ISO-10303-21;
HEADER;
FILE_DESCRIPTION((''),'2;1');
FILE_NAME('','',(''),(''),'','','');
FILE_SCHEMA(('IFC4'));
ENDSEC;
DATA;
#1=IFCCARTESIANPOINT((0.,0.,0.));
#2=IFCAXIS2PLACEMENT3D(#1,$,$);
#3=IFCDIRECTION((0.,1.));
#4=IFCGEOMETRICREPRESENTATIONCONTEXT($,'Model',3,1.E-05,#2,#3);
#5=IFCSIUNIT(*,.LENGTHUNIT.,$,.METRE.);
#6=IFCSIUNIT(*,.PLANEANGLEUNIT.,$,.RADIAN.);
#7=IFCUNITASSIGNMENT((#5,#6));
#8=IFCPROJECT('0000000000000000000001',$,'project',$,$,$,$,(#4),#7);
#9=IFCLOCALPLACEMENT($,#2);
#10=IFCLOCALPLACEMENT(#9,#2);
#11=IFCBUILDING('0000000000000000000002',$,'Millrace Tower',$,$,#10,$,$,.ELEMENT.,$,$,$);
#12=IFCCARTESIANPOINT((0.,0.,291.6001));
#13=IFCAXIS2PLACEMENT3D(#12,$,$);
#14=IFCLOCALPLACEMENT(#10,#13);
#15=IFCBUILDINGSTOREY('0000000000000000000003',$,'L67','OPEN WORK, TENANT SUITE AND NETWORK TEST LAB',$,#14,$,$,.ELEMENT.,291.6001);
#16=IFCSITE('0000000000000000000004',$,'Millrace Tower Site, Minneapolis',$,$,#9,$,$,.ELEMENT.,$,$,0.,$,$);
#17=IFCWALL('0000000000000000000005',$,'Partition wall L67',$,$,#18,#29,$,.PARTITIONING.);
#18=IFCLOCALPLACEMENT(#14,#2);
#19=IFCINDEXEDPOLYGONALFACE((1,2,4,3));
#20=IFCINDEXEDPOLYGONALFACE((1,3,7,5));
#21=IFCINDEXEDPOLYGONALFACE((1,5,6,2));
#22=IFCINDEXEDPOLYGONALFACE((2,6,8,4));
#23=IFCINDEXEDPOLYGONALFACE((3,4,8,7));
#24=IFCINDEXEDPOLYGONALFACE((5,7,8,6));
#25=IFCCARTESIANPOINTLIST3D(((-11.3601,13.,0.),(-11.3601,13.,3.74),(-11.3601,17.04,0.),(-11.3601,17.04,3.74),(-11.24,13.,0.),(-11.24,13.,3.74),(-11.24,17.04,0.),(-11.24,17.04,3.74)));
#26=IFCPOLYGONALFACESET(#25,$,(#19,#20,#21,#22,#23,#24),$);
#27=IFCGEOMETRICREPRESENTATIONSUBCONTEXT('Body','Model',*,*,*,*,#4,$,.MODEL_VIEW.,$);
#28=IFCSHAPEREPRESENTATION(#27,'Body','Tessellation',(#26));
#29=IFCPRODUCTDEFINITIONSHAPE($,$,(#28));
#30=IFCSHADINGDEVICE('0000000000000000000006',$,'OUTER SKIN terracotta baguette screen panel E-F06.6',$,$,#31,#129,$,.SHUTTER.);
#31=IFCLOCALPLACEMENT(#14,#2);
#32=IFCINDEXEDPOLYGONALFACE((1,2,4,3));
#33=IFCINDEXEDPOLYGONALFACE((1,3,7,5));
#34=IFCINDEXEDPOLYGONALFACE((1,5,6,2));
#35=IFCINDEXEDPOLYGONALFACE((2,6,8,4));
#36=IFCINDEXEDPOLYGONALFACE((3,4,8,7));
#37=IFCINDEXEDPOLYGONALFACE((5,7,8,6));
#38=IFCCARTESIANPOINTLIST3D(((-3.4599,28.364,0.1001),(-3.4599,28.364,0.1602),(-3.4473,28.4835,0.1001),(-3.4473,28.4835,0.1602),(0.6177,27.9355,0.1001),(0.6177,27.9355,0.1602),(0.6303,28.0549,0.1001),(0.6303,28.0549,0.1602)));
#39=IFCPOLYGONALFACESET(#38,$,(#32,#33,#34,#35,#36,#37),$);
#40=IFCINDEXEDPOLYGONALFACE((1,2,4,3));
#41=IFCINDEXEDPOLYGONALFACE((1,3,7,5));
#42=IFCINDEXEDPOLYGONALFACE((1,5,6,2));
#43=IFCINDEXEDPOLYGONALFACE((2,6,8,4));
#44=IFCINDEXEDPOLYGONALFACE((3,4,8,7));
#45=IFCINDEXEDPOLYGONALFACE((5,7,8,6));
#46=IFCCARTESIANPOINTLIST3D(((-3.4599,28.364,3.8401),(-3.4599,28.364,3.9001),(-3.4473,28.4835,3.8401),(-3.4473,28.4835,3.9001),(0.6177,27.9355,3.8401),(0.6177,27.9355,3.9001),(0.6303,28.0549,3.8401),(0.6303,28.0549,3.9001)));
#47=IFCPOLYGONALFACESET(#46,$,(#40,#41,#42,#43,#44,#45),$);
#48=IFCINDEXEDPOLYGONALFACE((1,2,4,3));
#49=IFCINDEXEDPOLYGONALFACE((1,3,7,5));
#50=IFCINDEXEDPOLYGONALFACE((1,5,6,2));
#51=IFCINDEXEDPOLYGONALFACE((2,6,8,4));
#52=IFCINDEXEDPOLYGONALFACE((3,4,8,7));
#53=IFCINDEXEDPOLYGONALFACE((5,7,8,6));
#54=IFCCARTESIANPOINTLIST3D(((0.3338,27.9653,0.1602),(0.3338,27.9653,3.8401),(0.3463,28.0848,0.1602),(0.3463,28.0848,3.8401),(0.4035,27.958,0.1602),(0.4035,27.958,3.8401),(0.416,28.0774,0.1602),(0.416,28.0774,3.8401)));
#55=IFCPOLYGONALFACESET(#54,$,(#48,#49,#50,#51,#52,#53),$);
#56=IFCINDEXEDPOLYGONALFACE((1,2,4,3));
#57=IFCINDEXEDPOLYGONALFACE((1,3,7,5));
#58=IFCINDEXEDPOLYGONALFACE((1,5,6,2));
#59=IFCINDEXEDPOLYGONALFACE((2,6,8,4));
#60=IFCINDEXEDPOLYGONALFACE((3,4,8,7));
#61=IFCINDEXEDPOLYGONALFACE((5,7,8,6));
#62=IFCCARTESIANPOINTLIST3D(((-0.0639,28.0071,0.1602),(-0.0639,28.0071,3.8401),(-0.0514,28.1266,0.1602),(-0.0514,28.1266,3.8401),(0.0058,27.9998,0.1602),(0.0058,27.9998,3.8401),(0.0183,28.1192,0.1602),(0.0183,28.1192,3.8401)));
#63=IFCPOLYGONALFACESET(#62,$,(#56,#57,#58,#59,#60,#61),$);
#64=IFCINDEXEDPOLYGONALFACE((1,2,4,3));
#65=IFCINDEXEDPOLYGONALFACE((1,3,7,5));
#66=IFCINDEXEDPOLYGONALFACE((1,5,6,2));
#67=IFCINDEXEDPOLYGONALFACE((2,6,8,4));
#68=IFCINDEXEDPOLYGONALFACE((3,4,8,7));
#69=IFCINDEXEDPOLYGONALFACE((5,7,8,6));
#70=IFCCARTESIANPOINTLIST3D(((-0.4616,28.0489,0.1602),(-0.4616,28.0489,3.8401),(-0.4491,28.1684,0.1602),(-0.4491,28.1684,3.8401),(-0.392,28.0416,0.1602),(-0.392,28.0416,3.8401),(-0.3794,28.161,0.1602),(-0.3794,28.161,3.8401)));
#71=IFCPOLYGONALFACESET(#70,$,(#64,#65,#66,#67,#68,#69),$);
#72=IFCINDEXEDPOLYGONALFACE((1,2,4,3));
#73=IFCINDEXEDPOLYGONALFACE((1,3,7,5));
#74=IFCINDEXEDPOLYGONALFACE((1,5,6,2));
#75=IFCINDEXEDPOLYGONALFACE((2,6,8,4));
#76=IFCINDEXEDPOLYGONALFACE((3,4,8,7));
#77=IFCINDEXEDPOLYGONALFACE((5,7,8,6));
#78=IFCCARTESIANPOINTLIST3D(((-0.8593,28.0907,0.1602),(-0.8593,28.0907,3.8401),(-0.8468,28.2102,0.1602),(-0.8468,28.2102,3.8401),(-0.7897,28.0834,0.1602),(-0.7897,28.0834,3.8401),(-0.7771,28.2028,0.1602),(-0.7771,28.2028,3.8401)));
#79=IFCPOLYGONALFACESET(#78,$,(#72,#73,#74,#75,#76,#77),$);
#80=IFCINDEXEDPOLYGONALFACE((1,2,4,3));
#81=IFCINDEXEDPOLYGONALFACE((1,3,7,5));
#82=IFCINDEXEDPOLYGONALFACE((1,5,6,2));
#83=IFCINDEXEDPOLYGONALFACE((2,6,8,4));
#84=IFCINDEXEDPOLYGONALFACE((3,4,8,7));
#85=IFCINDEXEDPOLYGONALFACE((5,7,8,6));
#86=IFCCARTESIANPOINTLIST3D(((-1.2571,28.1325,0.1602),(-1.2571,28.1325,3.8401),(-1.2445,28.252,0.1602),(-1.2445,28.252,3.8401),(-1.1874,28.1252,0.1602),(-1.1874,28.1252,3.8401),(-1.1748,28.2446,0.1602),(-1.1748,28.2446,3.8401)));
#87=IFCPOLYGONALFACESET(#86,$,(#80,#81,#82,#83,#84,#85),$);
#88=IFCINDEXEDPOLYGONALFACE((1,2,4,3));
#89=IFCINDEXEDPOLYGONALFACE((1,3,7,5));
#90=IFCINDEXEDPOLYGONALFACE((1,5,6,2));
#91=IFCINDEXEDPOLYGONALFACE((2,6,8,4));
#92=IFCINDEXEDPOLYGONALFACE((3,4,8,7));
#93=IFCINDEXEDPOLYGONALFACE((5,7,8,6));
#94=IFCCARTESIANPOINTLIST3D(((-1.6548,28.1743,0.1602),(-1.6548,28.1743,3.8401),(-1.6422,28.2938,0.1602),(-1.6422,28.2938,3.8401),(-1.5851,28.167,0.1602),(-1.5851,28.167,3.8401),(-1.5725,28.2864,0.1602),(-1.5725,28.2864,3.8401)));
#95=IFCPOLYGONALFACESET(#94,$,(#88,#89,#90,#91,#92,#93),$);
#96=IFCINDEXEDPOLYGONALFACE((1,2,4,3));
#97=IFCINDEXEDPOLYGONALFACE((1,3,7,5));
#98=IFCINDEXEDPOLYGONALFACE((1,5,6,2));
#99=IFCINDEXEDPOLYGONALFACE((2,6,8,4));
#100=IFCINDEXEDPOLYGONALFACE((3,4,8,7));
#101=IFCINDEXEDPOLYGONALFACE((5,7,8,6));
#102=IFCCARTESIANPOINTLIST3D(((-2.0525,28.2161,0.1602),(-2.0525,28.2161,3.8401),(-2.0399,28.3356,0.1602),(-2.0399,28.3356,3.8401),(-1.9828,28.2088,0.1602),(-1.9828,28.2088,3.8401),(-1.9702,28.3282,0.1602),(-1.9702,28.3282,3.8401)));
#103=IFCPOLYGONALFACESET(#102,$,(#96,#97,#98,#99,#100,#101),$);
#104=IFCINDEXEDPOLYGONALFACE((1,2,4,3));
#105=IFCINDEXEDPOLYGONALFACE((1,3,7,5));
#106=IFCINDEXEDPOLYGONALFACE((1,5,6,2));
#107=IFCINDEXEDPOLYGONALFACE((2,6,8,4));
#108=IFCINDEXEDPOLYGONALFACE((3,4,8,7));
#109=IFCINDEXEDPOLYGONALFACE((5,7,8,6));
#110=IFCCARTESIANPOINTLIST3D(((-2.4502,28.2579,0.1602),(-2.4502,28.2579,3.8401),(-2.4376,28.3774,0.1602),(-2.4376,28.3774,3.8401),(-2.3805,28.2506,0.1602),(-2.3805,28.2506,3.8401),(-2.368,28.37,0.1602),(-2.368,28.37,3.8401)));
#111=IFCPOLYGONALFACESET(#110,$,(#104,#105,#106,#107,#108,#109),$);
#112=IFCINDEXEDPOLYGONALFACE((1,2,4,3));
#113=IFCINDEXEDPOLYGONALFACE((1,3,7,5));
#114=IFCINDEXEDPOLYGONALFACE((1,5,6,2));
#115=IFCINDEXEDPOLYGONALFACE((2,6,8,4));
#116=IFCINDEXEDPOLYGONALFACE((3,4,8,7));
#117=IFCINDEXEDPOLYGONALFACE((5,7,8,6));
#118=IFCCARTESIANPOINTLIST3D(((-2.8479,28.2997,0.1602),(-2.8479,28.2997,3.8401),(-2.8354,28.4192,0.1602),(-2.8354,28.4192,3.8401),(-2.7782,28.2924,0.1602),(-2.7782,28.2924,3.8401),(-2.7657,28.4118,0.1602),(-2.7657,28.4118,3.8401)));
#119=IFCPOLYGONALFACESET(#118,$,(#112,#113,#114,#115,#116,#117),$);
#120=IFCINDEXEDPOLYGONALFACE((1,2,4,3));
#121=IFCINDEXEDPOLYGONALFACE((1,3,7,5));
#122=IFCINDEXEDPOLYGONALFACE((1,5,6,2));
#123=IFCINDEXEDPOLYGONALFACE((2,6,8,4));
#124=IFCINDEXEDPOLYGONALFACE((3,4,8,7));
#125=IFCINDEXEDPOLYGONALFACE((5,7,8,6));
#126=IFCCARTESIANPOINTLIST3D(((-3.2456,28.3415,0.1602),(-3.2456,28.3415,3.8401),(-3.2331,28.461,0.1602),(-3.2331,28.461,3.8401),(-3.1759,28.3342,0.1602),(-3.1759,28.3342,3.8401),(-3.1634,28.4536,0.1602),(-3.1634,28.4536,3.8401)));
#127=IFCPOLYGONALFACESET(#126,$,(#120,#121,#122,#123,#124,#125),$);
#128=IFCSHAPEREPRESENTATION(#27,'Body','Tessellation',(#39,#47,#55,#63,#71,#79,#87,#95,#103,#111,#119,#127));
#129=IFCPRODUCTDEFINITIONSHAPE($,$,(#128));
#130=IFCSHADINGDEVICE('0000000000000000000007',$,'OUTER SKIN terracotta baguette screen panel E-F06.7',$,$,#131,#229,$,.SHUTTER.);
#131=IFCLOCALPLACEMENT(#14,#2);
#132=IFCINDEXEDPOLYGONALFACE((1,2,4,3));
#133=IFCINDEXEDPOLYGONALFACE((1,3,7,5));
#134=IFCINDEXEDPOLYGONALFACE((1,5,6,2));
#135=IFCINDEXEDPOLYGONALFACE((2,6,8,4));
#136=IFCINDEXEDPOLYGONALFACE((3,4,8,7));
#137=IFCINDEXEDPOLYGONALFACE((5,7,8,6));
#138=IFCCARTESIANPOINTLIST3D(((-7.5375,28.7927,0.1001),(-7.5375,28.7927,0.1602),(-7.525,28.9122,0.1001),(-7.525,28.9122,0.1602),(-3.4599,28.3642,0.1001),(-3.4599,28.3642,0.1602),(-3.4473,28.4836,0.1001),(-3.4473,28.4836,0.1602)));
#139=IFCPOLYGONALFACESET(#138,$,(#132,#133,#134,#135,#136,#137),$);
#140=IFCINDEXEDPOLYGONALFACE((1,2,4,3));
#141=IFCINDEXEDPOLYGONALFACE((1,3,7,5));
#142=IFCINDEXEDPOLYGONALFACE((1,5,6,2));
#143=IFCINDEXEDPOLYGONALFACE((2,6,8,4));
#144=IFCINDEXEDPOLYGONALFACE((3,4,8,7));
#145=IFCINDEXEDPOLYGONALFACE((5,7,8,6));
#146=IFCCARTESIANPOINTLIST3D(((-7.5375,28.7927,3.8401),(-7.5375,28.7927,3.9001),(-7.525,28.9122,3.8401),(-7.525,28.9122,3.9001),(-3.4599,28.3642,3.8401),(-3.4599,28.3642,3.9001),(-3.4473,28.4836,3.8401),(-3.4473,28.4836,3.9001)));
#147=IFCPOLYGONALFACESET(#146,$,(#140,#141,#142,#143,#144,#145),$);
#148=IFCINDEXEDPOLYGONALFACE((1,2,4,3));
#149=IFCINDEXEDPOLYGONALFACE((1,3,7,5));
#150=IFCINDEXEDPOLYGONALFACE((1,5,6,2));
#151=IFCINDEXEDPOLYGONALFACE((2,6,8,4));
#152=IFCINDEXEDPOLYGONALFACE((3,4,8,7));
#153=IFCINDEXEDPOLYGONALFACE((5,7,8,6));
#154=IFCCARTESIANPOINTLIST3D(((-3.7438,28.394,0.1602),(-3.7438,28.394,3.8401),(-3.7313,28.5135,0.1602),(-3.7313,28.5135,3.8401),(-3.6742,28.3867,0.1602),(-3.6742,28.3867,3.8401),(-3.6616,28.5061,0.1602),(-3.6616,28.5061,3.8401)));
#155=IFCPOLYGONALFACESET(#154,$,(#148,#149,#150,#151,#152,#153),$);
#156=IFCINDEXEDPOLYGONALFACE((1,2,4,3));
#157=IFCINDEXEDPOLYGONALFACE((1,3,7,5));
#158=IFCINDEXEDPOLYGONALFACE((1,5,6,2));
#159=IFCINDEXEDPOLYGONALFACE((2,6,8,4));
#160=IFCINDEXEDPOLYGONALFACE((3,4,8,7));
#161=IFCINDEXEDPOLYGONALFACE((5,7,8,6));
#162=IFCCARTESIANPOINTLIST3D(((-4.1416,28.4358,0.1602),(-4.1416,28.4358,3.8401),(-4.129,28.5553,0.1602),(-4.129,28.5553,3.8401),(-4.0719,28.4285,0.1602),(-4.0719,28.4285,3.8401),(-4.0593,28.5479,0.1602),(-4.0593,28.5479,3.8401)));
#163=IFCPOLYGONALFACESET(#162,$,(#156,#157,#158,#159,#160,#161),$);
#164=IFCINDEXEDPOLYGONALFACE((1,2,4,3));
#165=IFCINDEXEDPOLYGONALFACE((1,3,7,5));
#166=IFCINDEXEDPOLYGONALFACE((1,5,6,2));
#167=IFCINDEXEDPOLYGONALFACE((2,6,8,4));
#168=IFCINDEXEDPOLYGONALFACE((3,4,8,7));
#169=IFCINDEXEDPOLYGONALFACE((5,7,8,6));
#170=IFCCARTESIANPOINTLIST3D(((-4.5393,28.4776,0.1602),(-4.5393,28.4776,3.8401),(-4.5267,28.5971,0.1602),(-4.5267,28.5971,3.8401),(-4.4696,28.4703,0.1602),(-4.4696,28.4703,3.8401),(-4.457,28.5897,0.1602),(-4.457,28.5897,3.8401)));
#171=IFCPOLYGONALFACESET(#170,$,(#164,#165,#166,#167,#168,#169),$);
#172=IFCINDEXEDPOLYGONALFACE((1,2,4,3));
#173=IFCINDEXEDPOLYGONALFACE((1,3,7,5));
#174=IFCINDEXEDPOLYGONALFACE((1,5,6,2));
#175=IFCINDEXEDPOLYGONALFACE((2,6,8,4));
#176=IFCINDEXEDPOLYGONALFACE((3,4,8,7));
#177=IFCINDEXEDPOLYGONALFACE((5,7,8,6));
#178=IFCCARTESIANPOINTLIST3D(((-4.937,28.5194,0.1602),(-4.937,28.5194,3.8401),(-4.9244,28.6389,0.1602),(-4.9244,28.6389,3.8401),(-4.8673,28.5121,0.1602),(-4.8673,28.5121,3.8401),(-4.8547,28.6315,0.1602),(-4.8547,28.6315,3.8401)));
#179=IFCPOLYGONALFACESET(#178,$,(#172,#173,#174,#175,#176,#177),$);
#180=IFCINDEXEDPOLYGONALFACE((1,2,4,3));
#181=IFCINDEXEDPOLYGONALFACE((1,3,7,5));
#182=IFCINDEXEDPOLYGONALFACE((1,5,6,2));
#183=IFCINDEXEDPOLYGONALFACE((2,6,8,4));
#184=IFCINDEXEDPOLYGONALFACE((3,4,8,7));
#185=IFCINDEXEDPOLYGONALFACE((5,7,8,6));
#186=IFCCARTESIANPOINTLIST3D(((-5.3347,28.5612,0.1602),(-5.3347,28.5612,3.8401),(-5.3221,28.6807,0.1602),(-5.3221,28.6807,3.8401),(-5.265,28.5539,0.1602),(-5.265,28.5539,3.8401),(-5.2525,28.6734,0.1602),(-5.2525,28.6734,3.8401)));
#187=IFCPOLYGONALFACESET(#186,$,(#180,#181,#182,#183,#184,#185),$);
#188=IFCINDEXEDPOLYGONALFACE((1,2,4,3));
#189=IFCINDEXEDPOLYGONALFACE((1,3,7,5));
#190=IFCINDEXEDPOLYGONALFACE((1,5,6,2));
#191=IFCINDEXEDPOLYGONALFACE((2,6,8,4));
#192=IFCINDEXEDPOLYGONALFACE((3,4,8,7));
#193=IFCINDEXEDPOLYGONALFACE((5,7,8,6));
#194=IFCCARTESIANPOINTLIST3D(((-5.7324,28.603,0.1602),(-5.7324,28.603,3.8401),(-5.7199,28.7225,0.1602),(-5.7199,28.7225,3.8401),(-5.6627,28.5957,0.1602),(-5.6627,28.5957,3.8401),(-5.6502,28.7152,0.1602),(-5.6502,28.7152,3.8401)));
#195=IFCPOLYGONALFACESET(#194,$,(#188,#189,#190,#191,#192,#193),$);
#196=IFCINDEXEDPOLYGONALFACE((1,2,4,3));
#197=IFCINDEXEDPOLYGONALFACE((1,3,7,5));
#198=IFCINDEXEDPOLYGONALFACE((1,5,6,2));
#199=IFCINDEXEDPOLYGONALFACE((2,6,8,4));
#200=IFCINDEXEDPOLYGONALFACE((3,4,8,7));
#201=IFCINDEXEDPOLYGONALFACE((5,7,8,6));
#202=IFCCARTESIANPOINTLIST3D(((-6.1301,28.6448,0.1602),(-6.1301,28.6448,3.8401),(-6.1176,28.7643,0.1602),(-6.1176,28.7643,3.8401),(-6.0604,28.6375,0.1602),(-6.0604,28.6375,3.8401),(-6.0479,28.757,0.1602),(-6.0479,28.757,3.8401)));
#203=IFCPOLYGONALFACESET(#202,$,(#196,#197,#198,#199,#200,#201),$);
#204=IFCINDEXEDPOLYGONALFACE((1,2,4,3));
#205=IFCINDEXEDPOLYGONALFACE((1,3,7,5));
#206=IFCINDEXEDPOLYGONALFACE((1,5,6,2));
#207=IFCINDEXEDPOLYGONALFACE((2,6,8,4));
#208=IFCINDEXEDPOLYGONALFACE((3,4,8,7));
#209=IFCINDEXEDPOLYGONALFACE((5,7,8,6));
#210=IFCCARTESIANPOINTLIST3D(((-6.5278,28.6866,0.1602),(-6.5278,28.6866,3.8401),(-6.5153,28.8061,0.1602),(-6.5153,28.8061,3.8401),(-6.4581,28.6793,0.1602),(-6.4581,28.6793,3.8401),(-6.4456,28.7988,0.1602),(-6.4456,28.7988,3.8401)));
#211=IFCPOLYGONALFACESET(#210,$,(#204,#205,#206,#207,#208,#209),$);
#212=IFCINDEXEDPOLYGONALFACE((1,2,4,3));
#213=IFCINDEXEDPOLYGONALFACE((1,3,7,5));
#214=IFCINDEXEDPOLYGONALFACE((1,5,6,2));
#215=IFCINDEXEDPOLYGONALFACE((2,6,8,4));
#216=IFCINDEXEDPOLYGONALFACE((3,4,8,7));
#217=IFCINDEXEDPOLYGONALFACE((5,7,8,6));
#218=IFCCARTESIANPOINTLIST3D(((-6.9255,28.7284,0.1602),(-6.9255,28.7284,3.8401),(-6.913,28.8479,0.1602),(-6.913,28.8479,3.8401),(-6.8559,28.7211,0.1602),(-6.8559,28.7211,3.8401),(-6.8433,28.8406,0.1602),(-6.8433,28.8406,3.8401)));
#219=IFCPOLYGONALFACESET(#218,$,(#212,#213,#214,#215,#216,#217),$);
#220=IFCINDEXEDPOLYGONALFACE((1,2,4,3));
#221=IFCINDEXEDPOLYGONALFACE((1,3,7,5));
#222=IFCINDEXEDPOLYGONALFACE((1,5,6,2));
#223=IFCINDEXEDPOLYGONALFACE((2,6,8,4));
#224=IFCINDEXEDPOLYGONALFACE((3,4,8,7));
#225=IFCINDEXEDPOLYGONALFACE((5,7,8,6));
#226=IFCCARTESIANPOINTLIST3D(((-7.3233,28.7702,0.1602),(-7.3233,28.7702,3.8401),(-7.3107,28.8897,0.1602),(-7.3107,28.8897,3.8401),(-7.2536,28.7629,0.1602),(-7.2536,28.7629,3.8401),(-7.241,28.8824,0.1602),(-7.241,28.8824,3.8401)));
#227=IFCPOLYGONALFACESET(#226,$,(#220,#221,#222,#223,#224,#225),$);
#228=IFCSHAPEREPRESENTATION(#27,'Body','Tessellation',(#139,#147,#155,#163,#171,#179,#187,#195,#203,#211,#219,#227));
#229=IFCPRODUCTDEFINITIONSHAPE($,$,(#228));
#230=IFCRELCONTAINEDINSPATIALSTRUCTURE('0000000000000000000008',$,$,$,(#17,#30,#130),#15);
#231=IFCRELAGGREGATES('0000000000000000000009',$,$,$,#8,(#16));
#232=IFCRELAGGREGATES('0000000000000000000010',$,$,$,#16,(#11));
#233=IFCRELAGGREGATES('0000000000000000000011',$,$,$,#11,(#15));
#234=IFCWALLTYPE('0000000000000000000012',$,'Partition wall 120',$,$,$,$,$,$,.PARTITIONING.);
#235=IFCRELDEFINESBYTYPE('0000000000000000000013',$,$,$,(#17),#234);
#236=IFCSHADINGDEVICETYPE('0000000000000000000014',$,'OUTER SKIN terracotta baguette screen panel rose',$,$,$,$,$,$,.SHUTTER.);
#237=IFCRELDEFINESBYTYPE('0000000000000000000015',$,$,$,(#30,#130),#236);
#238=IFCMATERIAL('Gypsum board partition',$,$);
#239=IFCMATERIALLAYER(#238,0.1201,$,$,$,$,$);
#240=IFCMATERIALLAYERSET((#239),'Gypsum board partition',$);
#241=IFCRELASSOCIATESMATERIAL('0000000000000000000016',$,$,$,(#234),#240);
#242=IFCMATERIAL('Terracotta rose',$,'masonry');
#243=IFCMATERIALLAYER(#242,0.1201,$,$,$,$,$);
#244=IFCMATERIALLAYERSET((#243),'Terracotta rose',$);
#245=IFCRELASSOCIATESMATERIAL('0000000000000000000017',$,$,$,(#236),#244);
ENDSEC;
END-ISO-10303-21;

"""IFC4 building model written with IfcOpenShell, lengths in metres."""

from ifc_helpers import new_model, entity, si_unit, direction, frame, frame_2d, origin, place, context, subcontext, project, spatial, rectangle, extrude, source, transform, mapped, material, layer, layer_set, type_object, element, save


model = new_model("IFC4")

# Units and contexts
model_context = context("Model", 3, precision=1e-05, world=origin(), true_north=direction((0.0, 1.0)))
body_context = subcontext(model_context, "Body", "Model", "MODEL_VIEW")
ifc_project = project(units=[si_unit("LENGTHUNIT", "METRE"), si_unit("PLANEANGLEUNIT", "RADIAN")], contexts=[model_context])

# Site, building, storey
site_placement = place(None, origin())
site = spatial("IfcSite", under=ifc_project, at=site_placement, Name="Millrace Tower Site, Minneapolis", CompositionType="ELEMENT", RefElevation=0.0)
building_placement = place(site_placement, origin())
building = spatial("IfcBuilding", under=site, at=building_placement, Name="Millrace Tower", CompositionType="ELEMENT")
storey_placement = place(building_placement, frame((0.0, 0.0, 291.6001)))
storey = spatial("IfcBuildingStorey", under=building, at=storey_placement, Name="L67", Description="OPEN WORK, TENANT SUITE AND NETWORK TEST LAB", CompositionType="ELEMENT", Elevation=291.6001)

# Wall
ifc_material_1 = material(Name="Gypsum board partition")
ifc_layer_1 = layer(ifc_material_1, 0.1201)
ifc_layer_set_1 = layer_set([ifc_layer_1], Name="Gypsum board partition")
wall_type_1 = type_object("IfcWallType", Name="Partition wall 120", PredefinedType="PARTITIONING", material=ifc_layer_set_1)
for number, where, z_axis, x_axis, name in (
    (1, (-11.3, 13.0, 0.0), (0.0, 0.0, 1.0), (0.0, 1.0, 0.0), "Partition wall L67"),
):
    element("IfcWall", number, at=place(storey_placement, frame(where, z_axis=z_axis, x_axis=x_axis)), inside=storey, type_object=wall_type_1, Name=name, PredefinedType="PARTITIONING", context=body_context, shape_type="SweptSolid", body=[
        extrude(rectangle(XDim=4.04, YDim=0.1201, at=frame_2d((2.02, 0.0))), origin(), (0.0, 0.0, 1.0), 3.74),
    ])

# Shading devices
ifc_material_2 = material(Name="Terracotta rose", Category="masonry")
ifc_layer_2 = layer(ifc_material_2, 0.1201)
ifc_layer_set_2 = layer_set([ifc_layer_2], Name="Terracotta rose")
shading_device_type = type_object("IfcShadingDeviceType", Name="OUTER SKIN terracotta baguette screen panel rose", PredefinedType="SHUTTER", material=ifc_layer_set_2)
cartesian_point_1 = entity("IfcCartesianPoint", [-2.05, 0.0601])
shared_polyline_1 = entity("IfcPolyline", [cartesian_point_1, entity("IfcCartesianPoint", [2.05, 0.0601]), entity("IfcCartesianPoint", [2.05, -0.0601]), entity("IfcCartesianPoint", [-2.05, -0.0601]), cartesian_point_1])
shared_shape_1 = source(origin(), body_context, "Body", "SweptSolid", [
    entity("IfcExtrudedAreaSolid", entity("IfcArbitraryClosedProfileDef", "AREA", None, shared_polyline_1), entity("IfcAxis2Placement3D", entity("IfcCartesianPoint", [0.0, 0.0, 0.0])), entity("IfcDirection", [0.0, 0.0, 1.0]), 0.0601),
    entity("IfcExtrudedAreaSolid", entity("IfcArbitraryClosedProfileDef", "AREA", None, shared_polyline_1), entity("IfcAxis2Placement3D", entity("IfcCartesianPoint", [0.0, 0.0, 3.74])), entity("IfcDirection", [0.0, 0.0, 1.0]), 0.0601),
    extrude(rectangle(XDim=0.0701, YDim=0.1201, at=frame_2d((-1.7996, 0.0))), frame((0.0, 0.0, 0.0601)), (0.0, 0.0, 1.0), 3.6799),
    extrude(rectangle(XDim=0.0701, YDim=0.1201, at=frame_2d((-1.3997, 0.0))), frame((0.0, 0.0, 0.0601)), (0.0, 0.0, 1.0), 3.6799),
    extrude(rectangle(XDim=0.0701, YDim=0.1201, at=frame_2d((-0.9998, 0.0))), frame((0.0, 0.0, 0.0601)), (0.0, 0.0, 1.0), 3.6799),
    extrude(rectangle(XDim=0.0701, YDim=0.1201, at=frame_2d((-0.5999, 0.0))), frame((0.0, 0.0, 0.0601)), (0.0, 0.0, 1.0), 3.6799),
    extrude(rectangle(XDim=0.0701, YDim=0.1201, at=frame_2d((-0.2, 0.0))), frame((0.0, 0.0, 0.0601)), (0.0, 0.0, 1.0), 3.6799),
    extrude(rectangle(XDim=0.0701, YDim=0.1201, at=frame_2d((0.2, 0.0))), frame((0.0, 0.0, 0.0601)), (0.0, 0.0, 1.0), 3.6799),
    extrude(rectangle(XDim=0.0701, YDim=0.1201, at=frame_2d((0.5999, 0.0))), frame((0.0, 0.0, 0.0601)), (0.0, 0.0, 1.0), 3.6799),
    extrude(rectangle(XDim=0.0701, YDim=0.1201, at=frame_2d((0.9998, 0.0))), frame((0.0, 0.0, 0.0601)), (0.0, 0.0, 1.0), 3.6799),
    extrude(rectangle(XDim=0.0701, YDim=0.1201, at=frame_2d((1.3997, 0.0))), frame((0.0, 0.0, 0.0601)), (0.0, 0.0, 1.0), 3.6799),
    extrude(rectangle(XDim=0.0701, YDim=0.1201, at=frame_2d((1.7996, 0.0))), frame((0.0, 0.0, 0.0601)), (0.0, 0.0, 1.0), 3.6799),
])
for number, where, z_axis, x_axis, name in (
    (2, (-1.4148, 28.2095, 0.1001), (0.0, 0.0, 1.0), (-0.994522, 0.104528, 0.0), "OUTER SKIN terracotta baguette screen panel E-F06.6"),
    (3, (-5.4924, 28.6382, 0.1001), (0.0, 0.0, 1.0), (-0.994522, 0.104528, 0.0), "OUTER SKIN terracotta baguette screen panel E-F06.7"),
):
    element("IfcShadingDevice", number, at=place(storey_placement, frame(where, z_axis=z_axis, x_axis=x_axis)), inside=storey, type_object=shading_device_type, Name=name, PredefinedType="SHUTTER", context=body_context, shape_type="MappedRepresentation", body=[
        mapped(shared_shape_1, transform((0.0, 0.0, 0.0), scale=1.0)),
    ])

save(model, "model.ifc")
